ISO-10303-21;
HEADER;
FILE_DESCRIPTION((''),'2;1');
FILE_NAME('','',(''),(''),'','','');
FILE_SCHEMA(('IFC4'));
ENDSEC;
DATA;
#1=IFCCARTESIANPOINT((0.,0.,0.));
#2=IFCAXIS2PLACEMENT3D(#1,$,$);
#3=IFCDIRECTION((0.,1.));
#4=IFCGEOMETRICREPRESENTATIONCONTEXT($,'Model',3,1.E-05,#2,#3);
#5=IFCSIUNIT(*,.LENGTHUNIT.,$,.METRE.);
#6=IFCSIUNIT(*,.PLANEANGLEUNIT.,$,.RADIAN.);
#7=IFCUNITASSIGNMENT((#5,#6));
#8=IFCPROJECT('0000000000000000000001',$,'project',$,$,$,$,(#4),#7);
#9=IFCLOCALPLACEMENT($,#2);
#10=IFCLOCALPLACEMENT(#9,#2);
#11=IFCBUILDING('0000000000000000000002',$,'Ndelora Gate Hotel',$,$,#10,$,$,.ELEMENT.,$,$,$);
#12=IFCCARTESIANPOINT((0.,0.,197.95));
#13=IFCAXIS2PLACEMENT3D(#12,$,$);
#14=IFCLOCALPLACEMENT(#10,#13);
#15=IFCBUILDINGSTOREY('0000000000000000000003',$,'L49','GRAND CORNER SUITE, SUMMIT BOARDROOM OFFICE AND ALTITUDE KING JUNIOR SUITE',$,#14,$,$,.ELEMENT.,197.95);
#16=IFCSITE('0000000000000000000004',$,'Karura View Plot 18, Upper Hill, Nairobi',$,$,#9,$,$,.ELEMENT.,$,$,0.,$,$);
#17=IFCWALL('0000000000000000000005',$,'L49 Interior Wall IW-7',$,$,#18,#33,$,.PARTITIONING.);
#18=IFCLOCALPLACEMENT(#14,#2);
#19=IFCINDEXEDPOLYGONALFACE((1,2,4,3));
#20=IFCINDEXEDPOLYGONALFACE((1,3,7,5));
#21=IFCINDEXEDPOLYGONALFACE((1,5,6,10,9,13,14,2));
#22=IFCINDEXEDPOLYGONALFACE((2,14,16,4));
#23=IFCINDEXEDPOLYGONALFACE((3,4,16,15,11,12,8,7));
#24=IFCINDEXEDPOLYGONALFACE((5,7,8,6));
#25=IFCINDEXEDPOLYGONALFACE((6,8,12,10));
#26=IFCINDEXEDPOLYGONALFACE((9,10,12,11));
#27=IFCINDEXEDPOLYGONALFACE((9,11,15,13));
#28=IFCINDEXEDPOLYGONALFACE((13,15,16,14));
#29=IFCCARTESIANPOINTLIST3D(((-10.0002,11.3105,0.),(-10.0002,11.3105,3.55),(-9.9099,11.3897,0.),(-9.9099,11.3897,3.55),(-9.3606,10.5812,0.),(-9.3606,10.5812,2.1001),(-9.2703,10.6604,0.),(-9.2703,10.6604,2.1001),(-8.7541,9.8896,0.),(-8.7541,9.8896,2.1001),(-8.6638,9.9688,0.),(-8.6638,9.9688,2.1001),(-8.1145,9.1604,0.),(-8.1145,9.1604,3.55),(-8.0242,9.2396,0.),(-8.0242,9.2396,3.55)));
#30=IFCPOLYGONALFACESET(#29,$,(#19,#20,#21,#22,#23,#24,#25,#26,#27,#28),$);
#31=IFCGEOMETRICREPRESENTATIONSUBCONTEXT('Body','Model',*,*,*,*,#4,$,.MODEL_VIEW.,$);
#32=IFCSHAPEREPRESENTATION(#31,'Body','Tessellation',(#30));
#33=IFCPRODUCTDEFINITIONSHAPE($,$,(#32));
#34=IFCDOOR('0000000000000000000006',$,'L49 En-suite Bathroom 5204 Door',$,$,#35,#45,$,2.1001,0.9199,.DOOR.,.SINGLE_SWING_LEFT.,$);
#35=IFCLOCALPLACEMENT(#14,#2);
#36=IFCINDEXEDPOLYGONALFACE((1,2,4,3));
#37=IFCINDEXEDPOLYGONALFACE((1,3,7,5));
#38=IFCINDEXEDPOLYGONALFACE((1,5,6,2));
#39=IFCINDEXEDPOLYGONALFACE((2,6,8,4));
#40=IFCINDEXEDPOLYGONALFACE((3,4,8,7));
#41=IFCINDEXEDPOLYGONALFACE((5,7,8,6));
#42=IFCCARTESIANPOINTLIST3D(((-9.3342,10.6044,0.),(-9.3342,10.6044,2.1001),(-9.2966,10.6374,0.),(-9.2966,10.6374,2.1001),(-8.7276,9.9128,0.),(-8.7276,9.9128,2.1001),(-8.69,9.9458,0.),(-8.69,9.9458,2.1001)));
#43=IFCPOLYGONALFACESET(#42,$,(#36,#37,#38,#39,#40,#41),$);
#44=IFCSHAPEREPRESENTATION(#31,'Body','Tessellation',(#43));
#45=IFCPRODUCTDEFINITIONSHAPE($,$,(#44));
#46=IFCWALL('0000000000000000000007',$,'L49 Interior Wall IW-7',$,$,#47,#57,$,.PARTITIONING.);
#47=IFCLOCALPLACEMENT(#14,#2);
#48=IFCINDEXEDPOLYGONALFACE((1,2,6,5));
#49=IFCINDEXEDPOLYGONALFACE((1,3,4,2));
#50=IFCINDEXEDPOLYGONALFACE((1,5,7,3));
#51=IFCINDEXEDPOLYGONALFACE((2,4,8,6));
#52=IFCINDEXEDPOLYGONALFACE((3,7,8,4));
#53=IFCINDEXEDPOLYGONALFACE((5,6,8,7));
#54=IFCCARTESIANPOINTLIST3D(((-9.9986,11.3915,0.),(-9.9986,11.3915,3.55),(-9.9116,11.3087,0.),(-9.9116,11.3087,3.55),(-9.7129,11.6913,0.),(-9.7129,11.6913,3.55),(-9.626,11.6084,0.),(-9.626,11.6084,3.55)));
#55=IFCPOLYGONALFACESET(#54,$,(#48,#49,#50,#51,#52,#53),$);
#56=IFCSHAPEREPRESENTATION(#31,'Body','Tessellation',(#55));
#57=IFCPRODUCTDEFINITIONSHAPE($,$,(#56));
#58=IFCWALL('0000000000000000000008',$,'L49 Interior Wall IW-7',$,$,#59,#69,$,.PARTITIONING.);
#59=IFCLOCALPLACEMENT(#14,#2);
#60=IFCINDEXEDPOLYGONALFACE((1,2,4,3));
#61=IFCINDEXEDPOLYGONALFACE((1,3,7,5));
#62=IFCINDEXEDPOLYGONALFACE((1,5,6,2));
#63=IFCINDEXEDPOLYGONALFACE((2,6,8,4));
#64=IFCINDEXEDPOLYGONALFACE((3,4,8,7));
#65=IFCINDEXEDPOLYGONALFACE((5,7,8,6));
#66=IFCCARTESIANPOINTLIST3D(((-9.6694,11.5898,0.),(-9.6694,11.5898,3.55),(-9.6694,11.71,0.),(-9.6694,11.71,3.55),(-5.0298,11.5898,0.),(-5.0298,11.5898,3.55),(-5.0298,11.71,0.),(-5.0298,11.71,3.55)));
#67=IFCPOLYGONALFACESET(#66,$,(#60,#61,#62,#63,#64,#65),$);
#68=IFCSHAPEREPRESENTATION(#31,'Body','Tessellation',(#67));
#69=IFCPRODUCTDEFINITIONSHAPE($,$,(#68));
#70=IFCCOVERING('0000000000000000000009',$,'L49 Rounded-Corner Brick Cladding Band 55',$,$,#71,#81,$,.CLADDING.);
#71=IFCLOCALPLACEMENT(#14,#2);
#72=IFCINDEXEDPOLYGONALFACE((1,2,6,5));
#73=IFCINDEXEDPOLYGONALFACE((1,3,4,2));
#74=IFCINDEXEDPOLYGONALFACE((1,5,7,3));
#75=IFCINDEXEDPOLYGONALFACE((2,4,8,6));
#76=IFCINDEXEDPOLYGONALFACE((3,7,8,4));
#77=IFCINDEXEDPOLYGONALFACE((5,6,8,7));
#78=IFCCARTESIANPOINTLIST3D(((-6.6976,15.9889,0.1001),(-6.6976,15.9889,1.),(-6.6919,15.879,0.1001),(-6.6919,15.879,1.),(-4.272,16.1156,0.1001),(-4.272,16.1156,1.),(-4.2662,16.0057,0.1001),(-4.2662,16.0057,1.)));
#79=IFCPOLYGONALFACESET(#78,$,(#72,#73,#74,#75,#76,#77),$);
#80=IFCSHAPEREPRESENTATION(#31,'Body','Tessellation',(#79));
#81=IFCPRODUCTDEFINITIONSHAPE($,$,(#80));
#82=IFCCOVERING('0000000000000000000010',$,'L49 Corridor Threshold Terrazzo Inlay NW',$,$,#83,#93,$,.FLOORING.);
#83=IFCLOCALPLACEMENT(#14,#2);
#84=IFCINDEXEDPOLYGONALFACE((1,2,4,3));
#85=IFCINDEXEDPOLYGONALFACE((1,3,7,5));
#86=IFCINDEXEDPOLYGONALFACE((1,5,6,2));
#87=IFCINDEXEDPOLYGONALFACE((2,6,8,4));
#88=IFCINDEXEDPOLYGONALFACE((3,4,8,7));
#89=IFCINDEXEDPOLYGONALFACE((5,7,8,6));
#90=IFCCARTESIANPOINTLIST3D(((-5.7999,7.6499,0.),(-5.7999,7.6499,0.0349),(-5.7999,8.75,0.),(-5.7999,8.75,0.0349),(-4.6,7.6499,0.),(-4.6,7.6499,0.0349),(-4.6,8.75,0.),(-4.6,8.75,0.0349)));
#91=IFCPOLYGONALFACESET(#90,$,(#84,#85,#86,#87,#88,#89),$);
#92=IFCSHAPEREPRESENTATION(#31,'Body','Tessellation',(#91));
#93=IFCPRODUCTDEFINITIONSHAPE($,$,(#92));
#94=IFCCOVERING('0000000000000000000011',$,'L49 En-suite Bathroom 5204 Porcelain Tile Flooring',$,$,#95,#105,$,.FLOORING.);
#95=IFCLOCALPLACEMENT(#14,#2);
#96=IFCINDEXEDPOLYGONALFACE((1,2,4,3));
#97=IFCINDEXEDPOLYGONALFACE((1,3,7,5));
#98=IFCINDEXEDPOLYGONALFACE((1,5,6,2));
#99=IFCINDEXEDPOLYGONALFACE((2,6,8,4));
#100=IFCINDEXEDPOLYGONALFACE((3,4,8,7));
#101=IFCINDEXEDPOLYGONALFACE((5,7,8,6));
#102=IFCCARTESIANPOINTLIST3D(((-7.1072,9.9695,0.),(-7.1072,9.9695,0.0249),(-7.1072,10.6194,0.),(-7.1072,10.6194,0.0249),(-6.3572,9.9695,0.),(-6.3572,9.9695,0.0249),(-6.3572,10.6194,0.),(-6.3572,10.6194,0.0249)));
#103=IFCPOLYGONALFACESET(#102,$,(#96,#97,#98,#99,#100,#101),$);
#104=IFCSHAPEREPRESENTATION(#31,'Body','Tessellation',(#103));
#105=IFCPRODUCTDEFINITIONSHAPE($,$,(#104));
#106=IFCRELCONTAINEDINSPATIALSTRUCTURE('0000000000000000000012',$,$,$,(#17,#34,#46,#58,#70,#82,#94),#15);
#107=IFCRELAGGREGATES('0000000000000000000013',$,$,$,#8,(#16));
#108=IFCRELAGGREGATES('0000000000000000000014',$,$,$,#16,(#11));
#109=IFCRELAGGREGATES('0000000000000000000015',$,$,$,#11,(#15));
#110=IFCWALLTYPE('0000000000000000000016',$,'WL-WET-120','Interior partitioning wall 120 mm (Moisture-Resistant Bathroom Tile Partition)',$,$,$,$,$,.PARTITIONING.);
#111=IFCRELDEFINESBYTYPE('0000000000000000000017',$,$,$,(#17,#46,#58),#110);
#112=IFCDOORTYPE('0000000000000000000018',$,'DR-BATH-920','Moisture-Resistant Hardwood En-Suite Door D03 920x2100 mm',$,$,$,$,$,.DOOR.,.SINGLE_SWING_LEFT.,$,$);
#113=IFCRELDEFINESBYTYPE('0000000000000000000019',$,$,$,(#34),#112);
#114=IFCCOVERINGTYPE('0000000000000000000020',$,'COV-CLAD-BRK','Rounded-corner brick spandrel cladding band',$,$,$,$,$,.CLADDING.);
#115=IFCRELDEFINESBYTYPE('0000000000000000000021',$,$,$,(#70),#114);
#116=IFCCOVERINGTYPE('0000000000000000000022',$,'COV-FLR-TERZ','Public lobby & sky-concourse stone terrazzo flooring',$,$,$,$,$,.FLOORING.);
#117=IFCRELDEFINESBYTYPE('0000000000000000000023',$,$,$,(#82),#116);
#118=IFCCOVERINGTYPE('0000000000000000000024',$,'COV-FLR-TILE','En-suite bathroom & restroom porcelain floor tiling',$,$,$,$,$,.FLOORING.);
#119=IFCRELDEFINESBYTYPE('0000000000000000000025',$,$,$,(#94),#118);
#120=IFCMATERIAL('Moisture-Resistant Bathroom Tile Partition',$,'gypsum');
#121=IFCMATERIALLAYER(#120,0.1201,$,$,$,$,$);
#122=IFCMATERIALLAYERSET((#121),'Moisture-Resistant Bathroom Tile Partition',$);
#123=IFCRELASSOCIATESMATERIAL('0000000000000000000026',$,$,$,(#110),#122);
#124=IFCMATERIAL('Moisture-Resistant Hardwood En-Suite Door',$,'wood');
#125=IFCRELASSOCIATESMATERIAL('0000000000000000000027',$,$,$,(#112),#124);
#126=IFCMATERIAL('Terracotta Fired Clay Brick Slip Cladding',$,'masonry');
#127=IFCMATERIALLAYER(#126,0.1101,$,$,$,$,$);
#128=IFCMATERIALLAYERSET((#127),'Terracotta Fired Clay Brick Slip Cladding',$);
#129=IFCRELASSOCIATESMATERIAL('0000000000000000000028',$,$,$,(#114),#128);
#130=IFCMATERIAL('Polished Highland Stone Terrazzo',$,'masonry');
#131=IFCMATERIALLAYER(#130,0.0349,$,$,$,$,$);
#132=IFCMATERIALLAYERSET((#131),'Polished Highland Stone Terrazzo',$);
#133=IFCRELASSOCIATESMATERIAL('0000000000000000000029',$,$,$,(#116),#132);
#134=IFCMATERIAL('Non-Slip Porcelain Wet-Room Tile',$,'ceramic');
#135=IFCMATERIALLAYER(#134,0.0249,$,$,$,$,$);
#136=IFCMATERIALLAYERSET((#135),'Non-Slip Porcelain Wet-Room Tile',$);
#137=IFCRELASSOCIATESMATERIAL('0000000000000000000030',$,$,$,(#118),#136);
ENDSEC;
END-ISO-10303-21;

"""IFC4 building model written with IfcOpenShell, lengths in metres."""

from ifc_helpers import new_model, si_unit, direction, frame, frame_2d, origin, origin_2d, place, context, subcontext, project, spatial, rectangle, extrude, material, layer, layer_set, type_object, element, fill, save


model = new_model("IFC4")

# Units and contexts
model_context = context("Model", 3, precision=1e-05, world=origin(), true_north=direction((0.0, 1.0)))
body_context = subcontext(model_context, "Body", "Model", "MODEL_VIEW")
ifc_project = project(units=[si_unit("LENGTHUNIT", "METRE"), si_unit("PLANEANGLEUNIT", "RADIAN")], contexts=[model_context])

# Site, building, storey
site_placement = place(None, origin())
site = spatial("IfcSite", under=ifc_project, at=site_placement, Name="Karura View Plot 18, Upper Hill, Nairobi", CompositionType="ELEMENT", RefElevation=0.0)
building_placement = place(site_placement, origin())
building = spatial("IfcBuilding", under=site, at=building_placement, Name="Ndelora Gate Hotel", CompositionType="ELEMENT")
storey_placement = place(building_placement, frame((0.0, 0.0, 197.95)))
storey = spatial("IfcBuildingStorey", under=building, at=storey_placement, Name="L49", Description="GRAND CORNER SUITE, SUMMIT BOARDROOM OFFICE AND ALTITUDE KING JUNIOR SUITE", CompositionType="ELEMENT", Elevation=197.95)

# Wall, opening, door
ifc_material_1 = material(Name="Moisture-Resistant Bathroom Tile Partition", Category="gypsum")
ifc_layer_1 = layer(ifc_material_1, 0.1201)
ifc_layer_set_1 = layer_set([ifc_layer_1], Name="Moisture-Resistant Bathroom Tile Partition")
wall_type_1 = type_object("IfcWallType", Name="WL-WET-120", Description="Interior partitioning wall 120 mm (Moisture-Resistant Bathroom Tile Partition)", PredefinedType="PARTITIONING", material=ifc_layer_set_1)
wall_1_placement = place(storey_placement, frame((-8.0693, 9.2, 0.0), z_axis=(0.0, 0.0, 1.0), x_axis=(-0.659368, 0.75182, 0.0)))
wall_1 = element("IfcWall", 1, at=wall_1_placement, inside=storey, type_object=wall_type_1, Name="L49 Interior Wall IW-7", PredefinedType="PARTITIONING", context=body_context, shape_type="SweptSolid", body=[
    extrude(rectangle(XDim=2.8599, YDim=0.1201, at=frame_2d((1.4299, 0.0))), origin(), (0.0, 0.0, 1.0), 3.55),
])
opening_1_placement = place(wall_1_placement, frame((0.97, 0.0, 0.0)))
opening_1 = element("IfcOpeningElement", 2, at=opening_1_placement, cuts=wall_1, PredefinedType="OPENING", context=body_context, shape_type="SweptSolid", body=[
    extrude(rectangle(XDim=0.9199, YDim=2.1001, at=frame_2d((0.46, 1.05))), frame((0.0, 0.0701, 0.0), z_axis=(0.0, -1.0, 0.0), x_axis=(1.0, 0.0, 0.0)), (0.0, 0.0, 1.0), 0.1401),
])
ifc_material_2 = material(Name="Moisture-Resistant Hardwood En-Suite Door", Category="wood")
door_type_1 = type_object("IfcDoorType", Name="DR-BATH-920", Description="Moisture-Resistant Hardwood En-Suite Door D03 920x2100 mm", OperationType="SINGLE_SWING_LEFT", PredefinedType="DOOR", material=ifc_material_2)
door_1_placement = place(opening_1_placement, origin())
door_1 = element("IfcDoor", 3, at=door_1_placement, inside=storey, type_object=door_type_1, Name="L49 En-suite Bathroom 5204 Door", OperationType="SINGLE_SWING_LEFT", OverallHeight=2.1001, OverallWidth=0.9199, PredefinedType="DOOR", context=body_context, shape_type="SweptSolid", body=[
    extrude(rectangle(XDim=0.9199, YDim=2.1001, at=frame_2d((0.46, 1.05))), frame((0.0, 0.0249, 0.0), z_axis=(0.0, -1.0, 0.0), x_axis=(1.0, 0.0, 0.0)), (0.0, 0.0, 1.0), 0.05),
])
fill(opening_1, door_1)

# Walls
wall_2_placement = place(storey_placement, frame((-9.9551, 11.3501, 0.0), z_axis=(0.0, 0.0, 1.0), x_axis=(0.689802, 0.723998, 0.0)))
element("IfcWall", 4, at=wall_2_placement, inside=storey, type_object=wall_type_1, Name="L49 Interior Wall IW-7", PredefinedType="PARTITIONING", context=body_context, shape_type="SweptSolid", body=[
    extrude(rectangle(XDim=0.4141, YDim=0.1201, at=frame_2d((0.207, 0.0))), origin(), (0.0, 0.0, 1.0), 3.55),
])
wall_3_placement = place(storey_placement, frame((-5.0298, 11.6499, 0.0), z_axis=(0.0, 0.0, 1.0), x_axis=(-1.0, 0.0, 0.0)))
element("IfcWall", 5, at=wall_3_placement, inside=storey, type_object=wall_type_1, Name="L49 Interior Wall IW-7", PredefinedType="PARTITIONING", context=body_context, shape_type="SweptSolid", body=[
    extrude(rectangle(XDim=4.6396, YDim=0.1201, at=frame_2d((2.3198, 0.0))), origin(), (0.0, 0.0, 1.0), 3.55),
])

# Coverings
ifc_material_3 = material(Name="Terracotta Fired Clay Brick Slip Cladding", Category="masonry")
ifc_layer_2 = layer(ifc_material_3, 0.1101)
ifc_layer_set_2 = layer_set([ifc_layer_2], Name="Terracotta Fired Clay Brick Slip Cladding")
covering_type_1 = type_object("IfcCoveringType", Name="COV-CLAD-BRK", Description="Rounded-corner brick spandrel cladding band", PredefinedType="CLADDING", material=ifc_layer_set_2)
covering_1_placement = place(storey_placement, frame((-5.4819, 15.9973, 0.1001), z_axis=(0.0, 0.0, 1.0), x_axis=(0.998639, 0.052162, 0.0)))
element("IfcCovering", 6, at=covering_1_placement, inside=storey, type_object=covering_type_1, Name="L49 Rounded-Corner Brick Cladding Band 55", PredefinedType="CLADDING", context=body_context, shape_type="SweptSolid", body=[
    extrude(rectangle(XDim=2.429, YDim=0.1101, at=origin_2d()), origin(), (0.0, 0.0, 1.0), 0.8999),
])
ifc_material_4 = material(Name="Polished Highland Stone Terrazzo", Category="masonry")
ifc_layer_3 = layer(ifc_material_4, 0.0349)
ifc_layer_set_3 = layer_set([ifc_layer_3], Name="Polished Highland Stone Terrazzo")
covering_type_2 = type_object("IfcCoveringType", Name="COV-FLR-TERZ", Description="Public lobby & sky-concourse stone terrazzo flooring", PredefinedType="FLOORING", material=ifc_layer_set_3)
covering_2_placement = place(storey_placement, frame((-5.2, 8.2, 0.0), z_axis=(0.0, 0.0, 1.0), x_axis=(1.0, 0.0, 0.0)))
element("IfcCovering", 7, at=covering_2_placement, inside=storey, type_object=covering_type_2, Name="L49 Corridor Threshold Terrazzo Inlay NW", PredefinedType="FLOORING", context=body_context, shape_type="SweptSolid", body=[
    extrude(rectangle(XDim=1.2, YDim=1.1001, at=origin_2d()), origin(), (0.0, 0.0, 1.0), 0.0349),
])
ifc_material_5 = material(Name="Non-Slip Porcelain Wet-Room Tile", Category="ceramic")
ifc_layer_4 = layer(ifc_material_5, 0.0249)
ifc_layer_set_4 = layer_set([ifc_layer_4], Name="Non-Slip Porcelain Wet-Room Tile")
covering_type_3 = type_object("IfcCoveringType", Name="COV-FLR-TILE", Description="En-suite bathroom & restroom porcelain floor tiling", PredefinedType="FLOORING", material=ifc_layer_set_4)
covering_3_placement = place(storey_placement, frame((-6.7322, 10.2944, 0.0), z_axis=(0.0, 0.0, 1.0), x_axis=(1.0, 0.0, 0.0)))
element("IfcCovering", 8, at=covering_3_placement, inside=storey, type_object=covering_type_3, Name="L49 En-suite Bathroom 5204 Porcelain Tile Flooring", PredefinedType="FLOORING", context=body_context, shape_type="SweptSolid", body=[
    extrude(rectangle(XDim=0.75, YDim=0.6499, at=origin_2d()), origin(), (0.0, 0.0, 1.0), 0.0249),
])

save(model, "model.ifc")
